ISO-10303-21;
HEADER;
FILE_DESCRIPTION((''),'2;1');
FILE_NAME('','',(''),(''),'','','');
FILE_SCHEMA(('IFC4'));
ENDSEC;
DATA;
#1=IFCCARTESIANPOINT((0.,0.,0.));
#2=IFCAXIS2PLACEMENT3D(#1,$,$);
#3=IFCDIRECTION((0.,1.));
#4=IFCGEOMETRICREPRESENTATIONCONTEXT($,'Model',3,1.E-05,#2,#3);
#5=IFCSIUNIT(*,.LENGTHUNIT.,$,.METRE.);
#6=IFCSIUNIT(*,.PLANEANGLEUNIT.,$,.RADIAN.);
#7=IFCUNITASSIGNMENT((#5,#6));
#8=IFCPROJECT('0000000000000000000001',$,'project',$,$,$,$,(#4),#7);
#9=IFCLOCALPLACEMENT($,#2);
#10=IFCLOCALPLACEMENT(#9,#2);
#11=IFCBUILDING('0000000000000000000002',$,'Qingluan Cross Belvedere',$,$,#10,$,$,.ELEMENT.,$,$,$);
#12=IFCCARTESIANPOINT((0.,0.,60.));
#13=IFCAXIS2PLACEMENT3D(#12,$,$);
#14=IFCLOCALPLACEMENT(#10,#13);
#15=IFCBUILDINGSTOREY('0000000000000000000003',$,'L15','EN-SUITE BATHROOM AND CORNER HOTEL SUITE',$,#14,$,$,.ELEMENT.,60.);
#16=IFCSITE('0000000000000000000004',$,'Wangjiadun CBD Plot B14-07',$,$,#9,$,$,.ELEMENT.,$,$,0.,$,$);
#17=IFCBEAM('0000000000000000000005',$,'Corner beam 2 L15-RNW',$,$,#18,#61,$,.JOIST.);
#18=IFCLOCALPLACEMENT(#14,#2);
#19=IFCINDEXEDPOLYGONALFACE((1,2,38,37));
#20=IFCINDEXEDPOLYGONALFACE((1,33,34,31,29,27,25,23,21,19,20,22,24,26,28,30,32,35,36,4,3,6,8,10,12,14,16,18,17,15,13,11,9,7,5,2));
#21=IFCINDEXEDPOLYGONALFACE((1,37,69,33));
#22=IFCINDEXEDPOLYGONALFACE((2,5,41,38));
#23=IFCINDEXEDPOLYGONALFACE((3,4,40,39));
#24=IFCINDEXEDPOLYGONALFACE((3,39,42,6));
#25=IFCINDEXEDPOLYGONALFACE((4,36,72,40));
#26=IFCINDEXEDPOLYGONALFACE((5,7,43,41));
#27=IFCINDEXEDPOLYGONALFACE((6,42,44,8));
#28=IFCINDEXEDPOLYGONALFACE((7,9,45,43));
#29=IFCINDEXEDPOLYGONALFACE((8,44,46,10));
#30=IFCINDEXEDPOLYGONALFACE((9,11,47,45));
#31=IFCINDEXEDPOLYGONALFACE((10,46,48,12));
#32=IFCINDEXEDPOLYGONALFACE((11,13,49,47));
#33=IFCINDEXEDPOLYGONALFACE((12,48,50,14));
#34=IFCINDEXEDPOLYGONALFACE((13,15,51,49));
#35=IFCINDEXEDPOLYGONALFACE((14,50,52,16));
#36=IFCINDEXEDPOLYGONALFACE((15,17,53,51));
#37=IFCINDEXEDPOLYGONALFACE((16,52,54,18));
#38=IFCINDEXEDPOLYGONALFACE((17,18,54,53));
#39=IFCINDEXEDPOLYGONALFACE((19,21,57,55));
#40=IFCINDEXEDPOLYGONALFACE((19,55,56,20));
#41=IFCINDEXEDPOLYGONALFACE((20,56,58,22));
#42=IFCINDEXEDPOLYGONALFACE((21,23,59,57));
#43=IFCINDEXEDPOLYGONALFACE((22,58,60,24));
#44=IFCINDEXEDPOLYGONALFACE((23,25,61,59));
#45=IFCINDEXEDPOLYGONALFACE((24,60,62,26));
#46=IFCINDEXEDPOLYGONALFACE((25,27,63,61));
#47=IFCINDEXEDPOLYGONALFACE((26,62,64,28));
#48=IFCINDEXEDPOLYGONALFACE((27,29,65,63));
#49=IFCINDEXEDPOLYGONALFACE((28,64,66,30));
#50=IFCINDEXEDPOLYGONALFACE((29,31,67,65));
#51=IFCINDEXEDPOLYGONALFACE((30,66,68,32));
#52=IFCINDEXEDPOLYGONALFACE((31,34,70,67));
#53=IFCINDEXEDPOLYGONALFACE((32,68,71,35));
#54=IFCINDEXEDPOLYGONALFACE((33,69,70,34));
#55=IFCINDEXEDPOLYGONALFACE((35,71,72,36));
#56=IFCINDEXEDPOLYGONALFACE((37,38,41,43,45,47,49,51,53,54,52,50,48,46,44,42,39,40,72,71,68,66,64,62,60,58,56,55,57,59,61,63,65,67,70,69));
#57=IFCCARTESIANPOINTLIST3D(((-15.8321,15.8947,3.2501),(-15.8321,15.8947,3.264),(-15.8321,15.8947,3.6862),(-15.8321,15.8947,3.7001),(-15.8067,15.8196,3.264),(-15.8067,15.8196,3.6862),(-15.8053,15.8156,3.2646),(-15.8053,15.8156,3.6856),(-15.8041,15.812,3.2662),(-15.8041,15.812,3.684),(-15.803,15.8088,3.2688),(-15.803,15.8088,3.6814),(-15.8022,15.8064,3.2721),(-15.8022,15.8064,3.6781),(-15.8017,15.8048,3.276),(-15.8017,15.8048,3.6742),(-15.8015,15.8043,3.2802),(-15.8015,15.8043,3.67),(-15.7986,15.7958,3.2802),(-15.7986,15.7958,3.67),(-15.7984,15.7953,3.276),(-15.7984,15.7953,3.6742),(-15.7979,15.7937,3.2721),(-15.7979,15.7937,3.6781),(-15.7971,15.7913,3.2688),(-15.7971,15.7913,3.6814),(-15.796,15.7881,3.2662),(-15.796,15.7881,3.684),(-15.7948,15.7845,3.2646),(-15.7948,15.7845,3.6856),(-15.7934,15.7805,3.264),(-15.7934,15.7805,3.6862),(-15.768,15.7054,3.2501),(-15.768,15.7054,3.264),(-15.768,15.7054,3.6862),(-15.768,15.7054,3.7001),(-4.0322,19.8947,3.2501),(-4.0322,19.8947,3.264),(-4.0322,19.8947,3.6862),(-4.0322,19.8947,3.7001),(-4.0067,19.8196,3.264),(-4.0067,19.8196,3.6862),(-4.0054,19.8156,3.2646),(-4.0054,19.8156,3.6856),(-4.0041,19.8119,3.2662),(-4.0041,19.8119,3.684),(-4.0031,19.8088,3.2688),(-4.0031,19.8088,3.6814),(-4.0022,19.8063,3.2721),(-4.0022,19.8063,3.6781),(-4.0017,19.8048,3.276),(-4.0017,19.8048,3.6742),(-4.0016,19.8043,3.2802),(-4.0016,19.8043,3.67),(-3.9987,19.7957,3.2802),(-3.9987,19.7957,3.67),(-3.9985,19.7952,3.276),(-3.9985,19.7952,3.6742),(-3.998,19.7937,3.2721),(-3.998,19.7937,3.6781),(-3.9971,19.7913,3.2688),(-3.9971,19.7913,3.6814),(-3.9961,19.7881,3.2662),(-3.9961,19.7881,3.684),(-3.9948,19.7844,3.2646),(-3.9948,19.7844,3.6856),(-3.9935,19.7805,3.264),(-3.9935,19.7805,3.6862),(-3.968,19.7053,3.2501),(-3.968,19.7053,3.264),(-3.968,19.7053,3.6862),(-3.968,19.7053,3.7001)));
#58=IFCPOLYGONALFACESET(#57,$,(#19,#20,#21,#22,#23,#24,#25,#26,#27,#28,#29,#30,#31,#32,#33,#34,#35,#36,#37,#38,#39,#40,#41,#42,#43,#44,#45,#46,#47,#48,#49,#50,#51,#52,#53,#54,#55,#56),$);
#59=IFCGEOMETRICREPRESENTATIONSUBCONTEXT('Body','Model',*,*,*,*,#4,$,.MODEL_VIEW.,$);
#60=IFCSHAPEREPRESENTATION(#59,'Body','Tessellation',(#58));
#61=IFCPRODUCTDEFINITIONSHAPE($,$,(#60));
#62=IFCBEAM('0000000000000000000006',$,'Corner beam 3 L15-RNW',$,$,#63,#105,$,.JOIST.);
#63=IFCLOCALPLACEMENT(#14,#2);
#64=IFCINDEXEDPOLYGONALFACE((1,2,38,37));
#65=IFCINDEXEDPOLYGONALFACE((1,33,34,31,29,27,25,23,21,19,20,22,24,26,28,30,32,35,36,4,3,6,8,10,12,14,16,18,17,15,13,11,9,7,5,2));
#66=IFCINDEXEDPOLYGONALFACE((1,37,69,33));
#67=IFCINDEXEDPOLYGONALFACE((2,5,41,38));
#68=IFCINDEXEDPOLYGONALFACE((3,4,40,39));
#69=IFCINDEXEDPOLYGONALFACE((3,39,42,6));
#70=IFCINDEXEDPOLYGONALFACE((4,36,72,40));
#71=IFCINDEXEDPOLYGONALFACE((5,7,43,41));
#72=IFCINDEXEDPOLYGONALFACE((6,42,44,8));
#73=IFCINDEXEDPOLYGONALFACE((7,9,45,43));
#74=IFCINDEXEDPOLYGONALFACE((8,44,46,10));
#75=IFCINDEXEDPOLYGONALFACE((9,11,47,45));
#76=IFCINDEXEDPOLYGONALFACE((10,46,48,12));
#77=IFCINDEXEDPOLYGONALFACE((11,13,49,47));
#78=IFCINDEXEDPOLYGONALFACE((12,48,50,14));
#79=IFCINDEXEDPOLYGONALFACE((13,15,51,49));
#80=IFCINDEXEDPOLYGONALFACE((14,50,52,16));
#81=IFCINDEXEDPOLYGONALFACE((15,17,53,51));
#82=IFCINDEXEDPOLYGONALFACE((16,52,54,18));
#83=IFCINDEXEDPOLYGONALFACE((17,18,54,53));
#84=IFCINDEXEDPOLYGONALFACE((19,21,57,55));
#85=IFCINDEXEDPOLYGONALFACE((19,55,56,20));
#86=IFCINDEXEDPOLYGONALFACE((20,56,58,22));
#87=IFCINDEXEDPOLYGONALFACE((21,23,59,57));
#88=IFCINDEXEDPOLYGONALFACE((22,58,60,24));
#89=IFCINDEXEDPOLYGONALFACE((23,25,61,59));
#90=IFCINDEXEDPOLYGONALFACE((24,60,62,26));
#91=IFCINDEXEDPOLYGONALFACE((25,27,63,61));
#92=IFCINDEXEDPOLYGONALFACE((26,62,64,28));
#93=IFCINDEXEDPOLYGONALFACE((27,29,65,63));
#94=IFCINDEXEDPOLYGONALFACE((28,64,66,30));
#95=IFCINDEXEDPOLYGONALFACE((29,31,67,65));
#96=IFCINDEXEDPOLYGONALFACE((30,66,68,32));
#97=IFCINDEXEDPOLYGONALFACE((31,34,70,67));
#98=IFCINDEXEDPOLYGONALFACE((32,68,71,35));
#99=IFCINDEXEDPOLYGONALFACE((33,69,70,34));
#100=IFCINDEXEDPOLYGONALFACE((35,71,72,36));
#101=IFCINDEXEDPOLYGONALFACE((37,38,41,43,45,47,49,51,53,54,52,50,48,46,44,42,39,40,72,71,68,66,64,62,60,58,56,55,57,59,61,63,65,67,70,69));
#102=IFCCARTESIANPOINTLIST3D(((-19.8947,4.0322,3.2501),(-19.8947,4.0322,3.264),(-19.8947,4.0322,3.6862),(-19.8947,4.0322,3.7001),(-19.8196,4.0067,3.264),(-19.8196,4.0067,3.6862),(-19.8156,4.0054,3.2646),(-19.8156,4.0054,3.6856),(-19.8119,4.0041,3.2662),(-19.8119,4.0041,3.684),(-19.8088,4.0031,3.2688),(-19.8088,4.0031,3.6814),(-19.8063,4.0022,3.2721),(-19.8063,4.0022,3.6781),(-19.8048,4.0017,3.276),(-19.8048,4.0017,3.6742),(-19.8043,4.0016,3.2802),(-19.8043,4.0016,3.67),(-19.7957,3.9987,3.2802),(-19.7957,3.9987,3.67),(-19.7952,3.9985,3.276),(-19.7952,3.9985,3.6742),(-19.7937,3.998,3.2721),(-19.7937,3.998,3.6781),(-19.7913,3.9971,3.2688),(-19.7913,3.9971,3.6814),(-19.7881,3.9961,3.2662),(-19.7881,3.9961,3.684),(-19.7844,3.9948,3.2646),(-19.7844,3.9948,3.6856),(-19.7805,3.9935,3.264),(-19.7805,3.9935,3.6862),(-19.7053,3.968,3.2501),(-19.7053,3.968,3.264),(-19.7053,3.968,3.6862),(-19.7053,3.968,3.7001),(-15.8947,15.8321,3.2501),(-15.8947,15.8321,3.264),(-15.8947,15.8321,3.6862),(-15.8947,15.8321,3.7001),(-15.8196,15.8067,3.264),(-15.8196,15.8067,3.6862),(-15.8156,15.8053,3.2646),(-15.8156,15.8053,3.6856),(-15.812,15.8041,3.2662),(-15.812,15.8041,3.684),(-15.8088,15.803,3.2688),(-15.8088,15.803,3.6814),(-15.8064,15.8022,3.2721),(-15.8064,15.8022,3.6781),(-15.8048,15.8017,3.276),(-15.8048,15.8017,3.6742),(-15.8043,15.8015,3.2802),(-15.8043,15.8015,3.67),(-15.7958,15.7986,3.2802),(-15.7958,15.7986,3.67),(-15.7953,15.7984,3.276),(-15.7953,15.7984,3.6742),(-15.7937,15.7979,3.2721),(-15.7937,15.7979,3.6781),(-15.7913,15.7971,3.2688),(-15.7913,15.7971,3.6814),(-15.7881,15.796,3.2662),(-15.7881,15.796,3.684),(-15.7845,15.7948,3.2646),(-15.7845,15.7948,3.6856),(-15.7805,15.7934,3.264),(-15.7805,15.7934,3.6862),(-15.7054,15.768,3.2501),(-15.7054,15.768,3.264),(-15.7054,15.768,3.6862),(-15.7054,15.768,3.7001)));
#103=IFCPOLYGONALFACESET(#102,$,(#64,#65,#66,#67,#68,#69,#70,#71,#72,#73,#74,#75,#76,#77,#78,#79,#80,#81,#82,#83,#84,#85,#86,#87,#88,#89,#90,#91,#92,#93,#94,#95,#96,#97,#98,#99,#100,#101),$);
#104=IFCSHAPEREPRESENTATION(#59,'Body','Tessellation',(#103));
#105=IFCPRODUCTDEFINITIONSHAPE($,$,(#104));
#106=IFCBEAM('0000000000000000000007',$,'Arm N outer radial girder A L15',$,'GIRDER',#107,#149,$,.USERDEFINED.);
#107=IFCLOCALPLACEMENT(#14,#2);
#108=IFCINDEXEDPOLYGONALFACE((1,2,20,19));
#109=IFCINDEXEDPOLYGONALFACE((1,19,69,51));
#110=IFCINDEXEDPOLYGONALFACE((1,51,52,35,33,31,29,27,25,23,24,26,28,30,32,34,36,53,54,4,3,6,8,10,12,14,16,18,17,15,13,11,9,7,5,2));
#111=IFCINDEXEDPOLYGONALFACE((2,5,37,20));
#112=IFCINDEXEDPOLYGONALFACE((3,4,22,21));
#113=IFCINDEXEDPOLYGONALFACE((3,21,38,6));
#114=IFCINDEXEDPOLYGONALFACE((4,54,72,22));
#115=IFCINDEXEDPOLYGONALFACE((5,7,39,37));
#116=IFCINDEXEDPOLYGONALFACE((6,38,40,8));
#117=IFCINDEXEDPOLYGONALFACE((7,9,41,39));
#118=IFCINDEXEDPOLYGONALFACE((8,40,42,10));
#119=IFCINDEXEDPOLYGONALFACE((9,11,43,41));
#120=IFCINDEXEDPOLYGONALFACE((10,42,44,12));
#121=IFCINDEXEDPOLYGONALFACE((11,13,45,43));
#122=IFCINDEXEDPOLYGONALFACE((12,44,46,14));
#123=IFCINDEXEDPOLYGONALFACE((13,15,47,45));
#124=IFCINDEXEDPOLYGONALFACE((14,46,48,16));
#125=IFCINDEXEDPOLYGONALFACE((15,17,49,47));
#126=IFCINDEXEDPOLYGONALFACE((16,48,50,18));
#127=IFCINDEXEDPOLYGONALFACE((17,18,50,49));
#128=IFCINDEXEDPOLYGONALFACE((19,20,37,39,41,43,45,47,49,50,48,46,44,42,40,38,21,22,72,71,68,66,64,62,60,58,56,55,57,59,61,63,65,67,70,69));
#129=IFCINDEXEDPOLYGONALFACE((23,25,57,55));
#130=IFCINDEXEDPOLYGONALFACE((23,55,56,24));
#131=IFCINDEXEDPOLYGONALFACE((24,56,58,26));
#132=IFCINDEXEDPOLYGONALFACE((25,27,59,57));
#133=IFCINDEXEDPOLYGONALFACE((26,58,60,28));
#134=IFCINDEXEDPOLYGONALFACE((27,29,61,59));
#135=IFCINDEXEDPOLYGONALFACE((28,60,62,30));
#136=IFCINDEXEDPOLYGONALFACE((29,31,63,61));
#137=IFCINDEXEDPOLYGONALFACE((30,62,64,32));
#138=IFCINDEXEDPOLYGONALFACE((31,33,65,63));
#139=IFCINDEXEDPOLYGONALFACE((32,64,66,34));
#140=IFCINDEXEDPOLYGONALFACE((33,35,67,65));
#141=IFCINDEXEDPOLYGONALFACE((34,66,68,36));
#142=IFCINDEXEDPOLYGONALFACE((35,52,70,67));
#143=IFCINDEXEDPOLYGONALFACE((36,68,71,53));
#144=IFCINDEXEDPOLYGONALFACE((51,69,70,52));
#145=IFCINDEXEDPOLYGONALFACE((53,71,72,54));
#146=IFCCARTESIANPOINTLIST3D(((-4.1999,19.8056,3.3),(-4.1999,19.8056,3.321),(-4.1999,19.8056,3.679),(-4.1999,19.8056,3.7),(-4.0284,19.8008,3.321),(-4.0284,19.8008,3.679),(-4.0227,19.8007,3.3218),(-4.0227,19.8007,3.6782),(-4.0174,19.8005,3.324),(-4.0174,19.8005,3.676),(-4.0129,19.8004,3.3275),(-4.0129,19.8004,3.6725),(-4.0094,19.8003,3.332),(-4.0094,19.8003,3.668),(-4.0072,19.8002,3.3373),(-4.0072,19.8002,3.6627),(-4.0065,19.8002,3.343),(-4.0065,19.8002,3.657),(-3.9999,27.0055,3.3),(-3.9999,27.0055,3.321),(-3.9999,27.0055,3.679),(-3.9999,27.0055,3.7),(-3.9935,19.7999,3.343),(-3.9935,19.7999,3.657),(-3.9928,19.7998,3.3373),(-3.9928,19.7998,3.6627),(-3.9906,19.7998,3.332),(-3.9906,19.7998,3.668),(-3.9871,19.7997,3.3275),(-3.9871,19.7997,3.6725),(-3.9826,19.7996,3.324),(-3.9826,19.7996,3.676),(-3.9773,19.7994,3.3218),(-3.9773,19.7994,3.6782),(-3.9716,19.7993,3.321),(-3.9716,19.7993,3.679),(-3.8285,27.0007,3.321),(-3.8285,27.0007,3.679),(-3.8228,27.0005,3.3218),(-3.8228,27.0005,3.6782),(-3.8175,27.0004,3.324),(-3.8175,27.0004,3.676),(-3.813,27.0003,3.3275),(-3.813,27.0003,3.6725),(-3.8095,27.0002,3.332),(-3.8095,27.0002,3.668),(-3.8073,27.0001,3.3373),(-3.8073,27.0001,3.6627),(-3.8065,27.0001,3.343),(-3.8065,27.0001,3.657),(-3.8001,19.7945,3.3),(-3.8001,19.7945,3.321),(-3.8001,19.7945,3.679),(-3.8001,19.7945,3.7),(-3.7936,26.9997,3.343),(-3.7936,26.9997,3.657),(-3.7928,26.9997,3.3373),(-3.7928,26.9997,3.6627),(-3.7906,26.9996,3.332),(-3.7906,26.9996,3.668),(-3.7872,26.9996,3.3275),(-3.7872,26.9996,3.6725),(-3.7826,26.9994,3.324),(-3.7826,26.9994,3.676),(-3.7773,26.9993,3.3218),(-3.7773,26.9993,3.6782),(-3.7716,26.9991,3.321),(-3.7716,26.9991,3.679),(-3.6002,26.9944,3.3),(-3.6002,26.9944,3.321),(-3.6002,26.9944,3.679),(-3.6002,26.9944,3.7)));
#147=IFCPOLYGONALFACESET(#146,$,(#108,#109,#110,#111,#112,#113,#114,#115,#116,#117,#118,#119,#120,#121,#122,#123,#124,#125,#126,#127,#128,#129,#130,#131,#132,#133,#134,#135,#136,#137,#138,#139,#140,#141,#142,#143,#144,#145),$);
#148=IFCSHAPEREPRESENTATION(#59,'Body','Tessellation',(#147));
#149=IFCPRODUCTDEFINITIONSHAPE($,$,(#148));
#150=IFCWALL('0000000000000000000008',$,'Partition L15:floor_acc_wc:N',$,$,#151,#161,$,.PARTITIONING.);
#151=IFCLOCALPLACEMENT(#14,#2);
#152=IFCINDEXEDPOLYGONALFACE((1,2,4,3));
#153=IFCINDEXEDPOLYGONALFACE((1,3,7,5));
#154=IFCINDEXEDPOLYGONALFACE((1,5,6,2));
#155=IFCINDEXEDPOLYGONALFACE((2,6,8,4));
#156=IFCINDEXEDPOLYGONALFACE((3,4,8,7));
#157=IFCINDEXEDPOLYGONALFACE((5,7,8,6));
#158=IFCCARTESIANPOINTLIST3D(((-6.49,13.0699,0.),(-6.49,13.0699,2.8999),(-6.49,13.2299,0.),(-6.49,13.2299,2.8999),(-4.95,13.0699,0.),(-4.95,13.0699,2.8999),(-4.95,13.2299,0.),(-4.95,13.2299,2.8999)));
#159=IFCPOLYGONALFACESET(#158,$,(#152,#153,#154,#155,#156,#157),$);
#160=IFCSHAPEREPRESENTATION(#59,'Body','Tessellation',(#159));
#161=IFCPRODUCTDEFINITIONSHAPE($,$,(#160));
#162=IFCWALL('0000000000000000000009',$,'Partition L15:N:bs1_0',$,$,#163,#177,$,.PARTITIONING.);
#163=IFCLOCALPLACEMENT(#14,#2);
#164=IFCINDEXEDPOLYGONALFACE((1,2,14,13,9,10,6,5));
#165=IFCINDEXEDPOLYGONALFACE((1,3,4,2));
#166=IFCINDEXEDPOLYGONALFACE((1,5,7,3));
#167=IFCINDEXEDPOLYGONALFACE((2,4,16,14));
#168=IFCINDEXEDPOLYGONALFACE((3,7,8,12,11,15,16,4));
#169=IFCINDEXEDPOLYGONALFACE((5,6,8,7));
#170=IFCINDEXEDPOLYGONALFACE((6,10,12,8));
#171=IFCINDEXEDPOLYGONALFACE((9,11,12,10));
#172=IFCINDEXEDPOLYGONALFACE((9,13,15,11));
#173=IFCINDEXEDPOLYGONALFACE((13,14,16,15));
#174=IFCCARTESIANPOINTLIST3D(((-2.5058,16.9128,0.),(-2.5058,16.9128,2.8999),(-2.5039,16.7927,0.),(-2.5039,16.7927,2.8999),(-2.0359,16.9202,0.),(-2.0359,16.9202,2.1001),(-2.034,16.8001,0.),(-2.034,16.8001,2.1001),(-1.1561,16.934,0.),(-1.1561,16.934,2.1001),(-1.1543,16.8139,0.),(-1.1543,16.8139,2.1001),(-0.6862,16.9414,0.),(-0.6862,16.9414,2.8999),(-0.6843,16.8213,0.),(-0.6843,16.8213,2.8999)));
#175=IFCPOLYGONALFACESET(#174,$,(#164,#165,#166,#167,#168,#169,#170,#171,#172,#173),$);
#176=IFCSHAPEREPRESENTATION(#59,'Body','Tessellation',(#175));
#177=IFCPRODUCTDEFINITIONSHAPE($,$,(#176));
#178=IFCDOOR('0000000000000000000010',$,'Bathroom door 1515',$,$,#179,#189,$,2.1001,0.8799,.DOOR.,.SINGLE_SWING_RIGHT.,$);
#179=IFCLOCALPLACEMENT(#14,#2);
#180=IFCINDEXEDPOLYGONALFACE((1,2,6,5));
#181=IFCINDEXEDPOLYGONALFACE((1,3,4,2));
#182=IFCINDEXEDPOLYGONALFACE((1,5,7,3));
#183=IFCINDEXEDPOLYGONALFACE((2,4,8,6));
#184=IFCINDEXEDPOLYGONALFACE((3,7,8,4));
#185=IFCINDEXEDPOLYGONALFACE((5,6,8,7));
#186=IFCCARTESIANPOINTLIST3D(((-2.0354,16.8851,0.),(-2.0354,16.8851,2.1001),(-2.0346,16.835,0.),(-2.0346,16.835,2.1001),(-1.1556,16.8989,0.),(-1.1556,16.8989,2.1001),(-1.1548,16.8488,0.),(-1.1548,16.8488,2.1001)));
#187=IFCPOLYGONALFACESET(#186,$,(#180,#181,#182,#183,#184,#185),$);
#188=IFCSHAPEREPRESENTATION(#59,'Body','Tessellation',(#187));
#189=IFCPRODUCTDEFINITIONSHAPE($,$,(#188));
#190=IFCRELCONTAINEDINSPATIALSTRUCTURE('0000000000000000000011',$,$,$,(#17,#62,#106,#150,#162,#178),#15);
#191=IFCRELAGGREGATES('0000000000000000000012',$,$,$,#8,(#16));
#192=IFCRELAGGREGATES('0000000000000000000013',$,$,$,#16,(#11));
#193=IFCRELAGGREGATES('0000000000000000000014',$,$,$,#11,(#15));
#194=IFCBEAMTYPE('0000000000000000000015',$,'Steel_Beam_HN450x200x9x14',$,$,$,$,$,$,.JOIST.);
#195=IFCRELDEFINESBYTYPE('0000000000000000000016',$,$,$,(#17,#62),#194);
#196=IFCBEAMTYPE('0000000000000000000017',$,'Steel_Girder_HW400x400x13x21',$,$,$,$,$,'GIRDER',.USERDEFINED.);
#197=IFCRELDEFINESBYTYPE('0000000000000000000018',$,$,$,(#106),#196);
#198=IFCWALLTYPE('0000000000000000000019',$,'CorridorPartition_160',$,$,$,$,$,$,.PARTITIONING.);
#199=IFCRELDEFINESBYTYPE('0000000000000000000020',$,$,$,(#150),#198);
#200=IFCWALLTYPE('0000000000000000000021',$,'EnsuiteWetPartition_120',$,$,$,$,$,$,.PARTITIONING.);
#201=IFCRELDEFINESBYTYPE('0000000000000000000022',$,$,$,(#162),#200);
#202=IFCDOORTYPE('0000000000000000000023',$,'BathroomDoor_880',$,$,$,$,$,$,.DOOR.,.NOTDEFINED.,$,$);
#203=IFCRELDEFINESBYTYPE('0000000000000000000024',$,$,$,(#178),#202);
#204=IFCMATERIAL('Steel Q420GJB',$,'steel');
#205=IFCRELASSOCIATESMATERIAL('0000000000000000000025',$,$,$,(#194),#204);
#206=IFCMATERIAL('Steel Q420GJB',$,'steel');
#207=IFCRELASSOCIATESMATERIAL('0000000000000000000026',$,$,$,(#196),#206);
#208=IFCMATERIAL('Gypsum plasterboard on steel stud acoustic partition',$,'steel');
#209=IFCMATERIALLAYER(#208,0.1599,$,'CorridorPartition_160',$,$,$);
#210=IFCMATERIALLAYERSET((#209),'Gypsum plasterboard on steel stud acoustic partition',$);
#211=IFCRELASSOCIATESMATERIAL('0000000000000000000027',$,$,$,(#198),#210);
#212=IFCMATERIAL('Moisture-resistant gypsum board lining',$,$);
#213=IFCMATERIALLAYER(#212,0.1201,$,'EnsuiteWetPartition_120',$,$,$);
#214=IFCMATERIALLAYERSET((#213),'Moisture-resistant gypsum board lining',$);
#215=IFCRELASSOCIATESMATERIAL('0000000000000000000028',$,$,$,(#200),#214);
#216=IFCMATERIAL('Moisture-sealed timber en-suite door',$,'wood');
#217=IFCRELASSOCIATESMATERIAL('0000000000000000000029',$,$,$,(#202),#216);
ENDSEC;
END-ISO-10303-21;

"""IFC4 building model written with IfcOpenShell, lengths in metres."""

from ifc_helpers import new_model, si_unit, direction, frame, frame_2d, origin, origin_2d, place, context, subcontext, project, spatial, rectangle, i_section, extrude, material, layer, layer_set, material_profile, profile_set, type_object, element, fill, save


model = new_model("IFC4")

# Units and contexts
model_context = context("Model", 3, precision=1e-05, world=origin(), true_north=direction((0.0, 1.0)))
body_context = subcontext(model_context, "Body", "Model", "MODEL_VIEW")
ifc_project = project(units=[si_unit("LENGTHUNIT", "METRE"), si_unit("PLANEANGLEUNIT", "RADIAN")], contexts=[model_context])

# Site, building, storey
site_placement = place(None, origin())
site = spatial("IfcSite", under=ifc_project, at=site_placement, Name="Wangjiadun CBD Plot B14-07", CompositionType="ELEMENT", RefElevation=0.0)
building_placement = place(site_placement, origin())
building = spatial("IfcBuilding", under=site, at=building_placement, Name="Qingluan Cross Belvedere", CompositionType="ELEMENT")
storey_placement = place(building_placement, frame((0.0, 0.0, 60.0)))
storey = spatial("IfcBuildingStorey", under=building, at=storey_placement, Name="L15", Description="EN-SUITE BATHROOM AND CORNER HOTEL SUITE", CompositionType="ELEMENT", Elevation=60.0)

# Beams
ifc_material_1 = material(Name="Steel Q420GJB", Category="steel")
ifc_material_profile_1 = material_profile(ifc_material_1, i_section(OverallWidth=0.2, OverallDepth=0.45, WebThickness=0.009, FlangeThickness=0.0139, FilletRadius=0.0161, at=origin_2d()), Name="HN450x200x9x14")
ifc_profile_set_1 = profile_set([ifc_material_profile_1], Name="Steel Q420GJB")
beam_type_1 = type_object("IfcBeamType", Name="Steel_Beam_HN450x200x9x14", PredefinedType="JOIST", material=ifc_profile_set_1)
for number, where, z_axis, x_axis, name in (
    (1, (-15.8, 15.8, 3.4751), (0.947066, 0.321038, 0.0), (-0.321038, 0.947066, 0.0), "Corner beam 2 L15-RNW"),
    (2, (-15.8, 15.8, 3.4751), (-0.321038, -0.947066, 0.0), (0.947066, -0.321038, 0.0), "Corner beam 3 L15-RNW"),
):
    element("IfcBeam", number, at=place(storey_placement, frame(where, z_axis=z_axis, x_axis=x_axis)), inside=storey, type_object=beam_type_1, Name=name, PredefinedType="JOIST", context=body_context, shape_type="SweptSolid", body=[
        extrude(i_section(OverallWidth=0.2, OverallDepth=0.45, WebThickness=0.009, FlangeThickness=0.0139, FilletRadius=0.0161, at=origin_2d()), origin(), (0.0, 0.0, 1.0), 12.4595),
    ])
ifc_material_2 = material(Name="Steel Q420GJB", Category="steel")
ifc_material_profile_2 = material_profile(ifc_material_2, i_section(OverallWidth=0.3999, OverallDepth=0.3999, WebThickness=0.0129, FlangeThickness=0.021, FilletRadius=0.022, at=origin_2d()), Name="HW400x400x13x21")
ifc_profile_set_2 = profile_set([ifc_material_profile_2], Name="Steel Q420GJB")
beam_type_2 = type_object("IfcBeamType", Name="Steel_Girder_HW400x400x13x21", ElementType="GIRDER", PredefinedType="USERDEFINED", material=ifc_profile_set_2)
beam_1_placement = place(storey_placement, frame((-4.0, 19.8, 3.5), z_axis=(0.02776, 0.999615, 0.0), x_axis=(-0.999615, 0.02776, 0.0)))
element("IfcBeam", 3, at=beam_1_placement, inside=storey, type_object=beam_type_2, Name="Arm N outer radial girder A L15", ObjectType="GIRDER", PredefinedType="USERDEFINED", context=body_context, shape_type="SweptSolid", body=[
    extrude(i_section(OverallWidth=0.3999, OverallDepth=0.3999, WebThickness=0.0129, FlangeThickness=0.021, FilletRadius=0.022, at=origin_2d()), origin(), (0.0, 0.0, 1.0), 7.2026),
])

# Wall
ifc_material_3 = material(Name="Gypsum plasterboard on steel stud acoustic partition", Category="steel")
ifc_layer_1 = layer(ifc_material_3, 0.1599, Name="CorridorPartition_160")
ifc_layer_set_1 = layer_set([ifc_layer_1], Name="Gypsum plasterboard on steel stud acoustic partition")
wall_type_1 = type_object("IfcWallType", Name="CorridorPartition_160", PredefinedType="PARTITIONING", material=ifc_layer_set_1)
wall_1_placement = place(storey_placement, frame((-6.49, 13.1499, 0.0), z_axis=(0.0, 0.0, 1.0), x_axis=(1.0, 0.0, 0.0)))
element("IfcWall", 4, at=wall_1_placement, inside=storey, type_object=wall_type_1, Name="Partition L15:floor_acc_wc:N", PredefinedType="PARTITIONING", context=body_context, shape_type="SweptSolid", body=[
    extrude(rectangle(XDim=1.54, YDim=0.1599, at=frame_2d((0.77, 0.0))), origin(), (0.0, 0.0, 1.0), 2.8999),
])

# Wall, opening, door
ifc_material_4 = material(Name="Moisture-resistant gypsum board lining")
ifc_layer_2 = layer(ifc_material_4, 0.1201, Name="EnsuiteWetPartition_120")
ifc_layer_set_2 = layer_set([ifc_layer_2], Name="Moisture-resistant gypsum board lining")
wall_type_2 = type_object("IfcWallType", Name="EnsuiteWetPartition_120", PredefinedType="PARTITIONING", material=ifc_layer_set_2)
wall_2_placement = place(storey_placement, frame((-2.5049, 16.8528, 0.0), z_axis=(0.0, 0.0, 1.0), x_axis=(0.999877, 0.015696, 0.0)))
wall_2 = element("IfcWall", 5, at=wall_2_placement, inside=storey, type_object=wall_type_2, Name="Partition L15:N:bs1_0", PredefinedType="PARTITIONING", context=body_context, shape_type="SweptSolid", body=[
    extrude(rectangle(XDim=1.8198, YDim=0.1201, at=frame_2d((0.9099, 0.0))), origin(), (0.0, 0.0, 1.0), 2.8999),
])
opening_1_placement = place(wall_2_placement, frame((0.47, 0.0, 0.0)))
opening_1 = element("IfcOpeningElement", 6, at=opening_1_placement, cuts=wall_2, PredefinedType="OPENING", context=body_context, shape_type="SweptSolid", body=[
    extrude(rectangle(XDim=0.8799, YDim=2.1001, at=frame_2d((0.4399, 1.05))), frame((0.0, 0.0701, 0.0), z_axis=(0.0, -1.0, 0.0), x_axis=(1.0, 0.0, 0.0)), (0.0, 0.0, 1.0), 0.1401),
])
ifc_material_5 = material(Name="Moisture-sealed timber en-suite door", Category="wood")
door_type = type_object("IfcDoorType", Name="BathroomDoor_880", OperationType="NOTDEFINED", PredefinedType="DOOR", material=ifc_material_5)
door_1_placement = place(opening_1_placement, origin())
door_1 = element("IfcDoor", 7, at=door_1_placement, inside=storey, type_object=door_type, Name="Bathroom door 1515", OperationType="SINGLE_SWING_RIGHT", OverallHeight=2.1001, OverallWidth=0.8799, PredefinedType="DOOR", context=body_context, shape_type="SweptSolid", body=[
    extrude(rectangle(XDim=0.8799, YDim=2.1001, at=frame_2d((0.4399, 1.05))), frame((0.0, 0.0249, 0.0), z_axis=(0.0, -1.0, 0.0), x_axis=(1.0, 0.0, 0.0)), (0.0, 0.0, 1.0), 0.05),
])
fill(opening_1, door_1)

save(model, "model.ifc")
